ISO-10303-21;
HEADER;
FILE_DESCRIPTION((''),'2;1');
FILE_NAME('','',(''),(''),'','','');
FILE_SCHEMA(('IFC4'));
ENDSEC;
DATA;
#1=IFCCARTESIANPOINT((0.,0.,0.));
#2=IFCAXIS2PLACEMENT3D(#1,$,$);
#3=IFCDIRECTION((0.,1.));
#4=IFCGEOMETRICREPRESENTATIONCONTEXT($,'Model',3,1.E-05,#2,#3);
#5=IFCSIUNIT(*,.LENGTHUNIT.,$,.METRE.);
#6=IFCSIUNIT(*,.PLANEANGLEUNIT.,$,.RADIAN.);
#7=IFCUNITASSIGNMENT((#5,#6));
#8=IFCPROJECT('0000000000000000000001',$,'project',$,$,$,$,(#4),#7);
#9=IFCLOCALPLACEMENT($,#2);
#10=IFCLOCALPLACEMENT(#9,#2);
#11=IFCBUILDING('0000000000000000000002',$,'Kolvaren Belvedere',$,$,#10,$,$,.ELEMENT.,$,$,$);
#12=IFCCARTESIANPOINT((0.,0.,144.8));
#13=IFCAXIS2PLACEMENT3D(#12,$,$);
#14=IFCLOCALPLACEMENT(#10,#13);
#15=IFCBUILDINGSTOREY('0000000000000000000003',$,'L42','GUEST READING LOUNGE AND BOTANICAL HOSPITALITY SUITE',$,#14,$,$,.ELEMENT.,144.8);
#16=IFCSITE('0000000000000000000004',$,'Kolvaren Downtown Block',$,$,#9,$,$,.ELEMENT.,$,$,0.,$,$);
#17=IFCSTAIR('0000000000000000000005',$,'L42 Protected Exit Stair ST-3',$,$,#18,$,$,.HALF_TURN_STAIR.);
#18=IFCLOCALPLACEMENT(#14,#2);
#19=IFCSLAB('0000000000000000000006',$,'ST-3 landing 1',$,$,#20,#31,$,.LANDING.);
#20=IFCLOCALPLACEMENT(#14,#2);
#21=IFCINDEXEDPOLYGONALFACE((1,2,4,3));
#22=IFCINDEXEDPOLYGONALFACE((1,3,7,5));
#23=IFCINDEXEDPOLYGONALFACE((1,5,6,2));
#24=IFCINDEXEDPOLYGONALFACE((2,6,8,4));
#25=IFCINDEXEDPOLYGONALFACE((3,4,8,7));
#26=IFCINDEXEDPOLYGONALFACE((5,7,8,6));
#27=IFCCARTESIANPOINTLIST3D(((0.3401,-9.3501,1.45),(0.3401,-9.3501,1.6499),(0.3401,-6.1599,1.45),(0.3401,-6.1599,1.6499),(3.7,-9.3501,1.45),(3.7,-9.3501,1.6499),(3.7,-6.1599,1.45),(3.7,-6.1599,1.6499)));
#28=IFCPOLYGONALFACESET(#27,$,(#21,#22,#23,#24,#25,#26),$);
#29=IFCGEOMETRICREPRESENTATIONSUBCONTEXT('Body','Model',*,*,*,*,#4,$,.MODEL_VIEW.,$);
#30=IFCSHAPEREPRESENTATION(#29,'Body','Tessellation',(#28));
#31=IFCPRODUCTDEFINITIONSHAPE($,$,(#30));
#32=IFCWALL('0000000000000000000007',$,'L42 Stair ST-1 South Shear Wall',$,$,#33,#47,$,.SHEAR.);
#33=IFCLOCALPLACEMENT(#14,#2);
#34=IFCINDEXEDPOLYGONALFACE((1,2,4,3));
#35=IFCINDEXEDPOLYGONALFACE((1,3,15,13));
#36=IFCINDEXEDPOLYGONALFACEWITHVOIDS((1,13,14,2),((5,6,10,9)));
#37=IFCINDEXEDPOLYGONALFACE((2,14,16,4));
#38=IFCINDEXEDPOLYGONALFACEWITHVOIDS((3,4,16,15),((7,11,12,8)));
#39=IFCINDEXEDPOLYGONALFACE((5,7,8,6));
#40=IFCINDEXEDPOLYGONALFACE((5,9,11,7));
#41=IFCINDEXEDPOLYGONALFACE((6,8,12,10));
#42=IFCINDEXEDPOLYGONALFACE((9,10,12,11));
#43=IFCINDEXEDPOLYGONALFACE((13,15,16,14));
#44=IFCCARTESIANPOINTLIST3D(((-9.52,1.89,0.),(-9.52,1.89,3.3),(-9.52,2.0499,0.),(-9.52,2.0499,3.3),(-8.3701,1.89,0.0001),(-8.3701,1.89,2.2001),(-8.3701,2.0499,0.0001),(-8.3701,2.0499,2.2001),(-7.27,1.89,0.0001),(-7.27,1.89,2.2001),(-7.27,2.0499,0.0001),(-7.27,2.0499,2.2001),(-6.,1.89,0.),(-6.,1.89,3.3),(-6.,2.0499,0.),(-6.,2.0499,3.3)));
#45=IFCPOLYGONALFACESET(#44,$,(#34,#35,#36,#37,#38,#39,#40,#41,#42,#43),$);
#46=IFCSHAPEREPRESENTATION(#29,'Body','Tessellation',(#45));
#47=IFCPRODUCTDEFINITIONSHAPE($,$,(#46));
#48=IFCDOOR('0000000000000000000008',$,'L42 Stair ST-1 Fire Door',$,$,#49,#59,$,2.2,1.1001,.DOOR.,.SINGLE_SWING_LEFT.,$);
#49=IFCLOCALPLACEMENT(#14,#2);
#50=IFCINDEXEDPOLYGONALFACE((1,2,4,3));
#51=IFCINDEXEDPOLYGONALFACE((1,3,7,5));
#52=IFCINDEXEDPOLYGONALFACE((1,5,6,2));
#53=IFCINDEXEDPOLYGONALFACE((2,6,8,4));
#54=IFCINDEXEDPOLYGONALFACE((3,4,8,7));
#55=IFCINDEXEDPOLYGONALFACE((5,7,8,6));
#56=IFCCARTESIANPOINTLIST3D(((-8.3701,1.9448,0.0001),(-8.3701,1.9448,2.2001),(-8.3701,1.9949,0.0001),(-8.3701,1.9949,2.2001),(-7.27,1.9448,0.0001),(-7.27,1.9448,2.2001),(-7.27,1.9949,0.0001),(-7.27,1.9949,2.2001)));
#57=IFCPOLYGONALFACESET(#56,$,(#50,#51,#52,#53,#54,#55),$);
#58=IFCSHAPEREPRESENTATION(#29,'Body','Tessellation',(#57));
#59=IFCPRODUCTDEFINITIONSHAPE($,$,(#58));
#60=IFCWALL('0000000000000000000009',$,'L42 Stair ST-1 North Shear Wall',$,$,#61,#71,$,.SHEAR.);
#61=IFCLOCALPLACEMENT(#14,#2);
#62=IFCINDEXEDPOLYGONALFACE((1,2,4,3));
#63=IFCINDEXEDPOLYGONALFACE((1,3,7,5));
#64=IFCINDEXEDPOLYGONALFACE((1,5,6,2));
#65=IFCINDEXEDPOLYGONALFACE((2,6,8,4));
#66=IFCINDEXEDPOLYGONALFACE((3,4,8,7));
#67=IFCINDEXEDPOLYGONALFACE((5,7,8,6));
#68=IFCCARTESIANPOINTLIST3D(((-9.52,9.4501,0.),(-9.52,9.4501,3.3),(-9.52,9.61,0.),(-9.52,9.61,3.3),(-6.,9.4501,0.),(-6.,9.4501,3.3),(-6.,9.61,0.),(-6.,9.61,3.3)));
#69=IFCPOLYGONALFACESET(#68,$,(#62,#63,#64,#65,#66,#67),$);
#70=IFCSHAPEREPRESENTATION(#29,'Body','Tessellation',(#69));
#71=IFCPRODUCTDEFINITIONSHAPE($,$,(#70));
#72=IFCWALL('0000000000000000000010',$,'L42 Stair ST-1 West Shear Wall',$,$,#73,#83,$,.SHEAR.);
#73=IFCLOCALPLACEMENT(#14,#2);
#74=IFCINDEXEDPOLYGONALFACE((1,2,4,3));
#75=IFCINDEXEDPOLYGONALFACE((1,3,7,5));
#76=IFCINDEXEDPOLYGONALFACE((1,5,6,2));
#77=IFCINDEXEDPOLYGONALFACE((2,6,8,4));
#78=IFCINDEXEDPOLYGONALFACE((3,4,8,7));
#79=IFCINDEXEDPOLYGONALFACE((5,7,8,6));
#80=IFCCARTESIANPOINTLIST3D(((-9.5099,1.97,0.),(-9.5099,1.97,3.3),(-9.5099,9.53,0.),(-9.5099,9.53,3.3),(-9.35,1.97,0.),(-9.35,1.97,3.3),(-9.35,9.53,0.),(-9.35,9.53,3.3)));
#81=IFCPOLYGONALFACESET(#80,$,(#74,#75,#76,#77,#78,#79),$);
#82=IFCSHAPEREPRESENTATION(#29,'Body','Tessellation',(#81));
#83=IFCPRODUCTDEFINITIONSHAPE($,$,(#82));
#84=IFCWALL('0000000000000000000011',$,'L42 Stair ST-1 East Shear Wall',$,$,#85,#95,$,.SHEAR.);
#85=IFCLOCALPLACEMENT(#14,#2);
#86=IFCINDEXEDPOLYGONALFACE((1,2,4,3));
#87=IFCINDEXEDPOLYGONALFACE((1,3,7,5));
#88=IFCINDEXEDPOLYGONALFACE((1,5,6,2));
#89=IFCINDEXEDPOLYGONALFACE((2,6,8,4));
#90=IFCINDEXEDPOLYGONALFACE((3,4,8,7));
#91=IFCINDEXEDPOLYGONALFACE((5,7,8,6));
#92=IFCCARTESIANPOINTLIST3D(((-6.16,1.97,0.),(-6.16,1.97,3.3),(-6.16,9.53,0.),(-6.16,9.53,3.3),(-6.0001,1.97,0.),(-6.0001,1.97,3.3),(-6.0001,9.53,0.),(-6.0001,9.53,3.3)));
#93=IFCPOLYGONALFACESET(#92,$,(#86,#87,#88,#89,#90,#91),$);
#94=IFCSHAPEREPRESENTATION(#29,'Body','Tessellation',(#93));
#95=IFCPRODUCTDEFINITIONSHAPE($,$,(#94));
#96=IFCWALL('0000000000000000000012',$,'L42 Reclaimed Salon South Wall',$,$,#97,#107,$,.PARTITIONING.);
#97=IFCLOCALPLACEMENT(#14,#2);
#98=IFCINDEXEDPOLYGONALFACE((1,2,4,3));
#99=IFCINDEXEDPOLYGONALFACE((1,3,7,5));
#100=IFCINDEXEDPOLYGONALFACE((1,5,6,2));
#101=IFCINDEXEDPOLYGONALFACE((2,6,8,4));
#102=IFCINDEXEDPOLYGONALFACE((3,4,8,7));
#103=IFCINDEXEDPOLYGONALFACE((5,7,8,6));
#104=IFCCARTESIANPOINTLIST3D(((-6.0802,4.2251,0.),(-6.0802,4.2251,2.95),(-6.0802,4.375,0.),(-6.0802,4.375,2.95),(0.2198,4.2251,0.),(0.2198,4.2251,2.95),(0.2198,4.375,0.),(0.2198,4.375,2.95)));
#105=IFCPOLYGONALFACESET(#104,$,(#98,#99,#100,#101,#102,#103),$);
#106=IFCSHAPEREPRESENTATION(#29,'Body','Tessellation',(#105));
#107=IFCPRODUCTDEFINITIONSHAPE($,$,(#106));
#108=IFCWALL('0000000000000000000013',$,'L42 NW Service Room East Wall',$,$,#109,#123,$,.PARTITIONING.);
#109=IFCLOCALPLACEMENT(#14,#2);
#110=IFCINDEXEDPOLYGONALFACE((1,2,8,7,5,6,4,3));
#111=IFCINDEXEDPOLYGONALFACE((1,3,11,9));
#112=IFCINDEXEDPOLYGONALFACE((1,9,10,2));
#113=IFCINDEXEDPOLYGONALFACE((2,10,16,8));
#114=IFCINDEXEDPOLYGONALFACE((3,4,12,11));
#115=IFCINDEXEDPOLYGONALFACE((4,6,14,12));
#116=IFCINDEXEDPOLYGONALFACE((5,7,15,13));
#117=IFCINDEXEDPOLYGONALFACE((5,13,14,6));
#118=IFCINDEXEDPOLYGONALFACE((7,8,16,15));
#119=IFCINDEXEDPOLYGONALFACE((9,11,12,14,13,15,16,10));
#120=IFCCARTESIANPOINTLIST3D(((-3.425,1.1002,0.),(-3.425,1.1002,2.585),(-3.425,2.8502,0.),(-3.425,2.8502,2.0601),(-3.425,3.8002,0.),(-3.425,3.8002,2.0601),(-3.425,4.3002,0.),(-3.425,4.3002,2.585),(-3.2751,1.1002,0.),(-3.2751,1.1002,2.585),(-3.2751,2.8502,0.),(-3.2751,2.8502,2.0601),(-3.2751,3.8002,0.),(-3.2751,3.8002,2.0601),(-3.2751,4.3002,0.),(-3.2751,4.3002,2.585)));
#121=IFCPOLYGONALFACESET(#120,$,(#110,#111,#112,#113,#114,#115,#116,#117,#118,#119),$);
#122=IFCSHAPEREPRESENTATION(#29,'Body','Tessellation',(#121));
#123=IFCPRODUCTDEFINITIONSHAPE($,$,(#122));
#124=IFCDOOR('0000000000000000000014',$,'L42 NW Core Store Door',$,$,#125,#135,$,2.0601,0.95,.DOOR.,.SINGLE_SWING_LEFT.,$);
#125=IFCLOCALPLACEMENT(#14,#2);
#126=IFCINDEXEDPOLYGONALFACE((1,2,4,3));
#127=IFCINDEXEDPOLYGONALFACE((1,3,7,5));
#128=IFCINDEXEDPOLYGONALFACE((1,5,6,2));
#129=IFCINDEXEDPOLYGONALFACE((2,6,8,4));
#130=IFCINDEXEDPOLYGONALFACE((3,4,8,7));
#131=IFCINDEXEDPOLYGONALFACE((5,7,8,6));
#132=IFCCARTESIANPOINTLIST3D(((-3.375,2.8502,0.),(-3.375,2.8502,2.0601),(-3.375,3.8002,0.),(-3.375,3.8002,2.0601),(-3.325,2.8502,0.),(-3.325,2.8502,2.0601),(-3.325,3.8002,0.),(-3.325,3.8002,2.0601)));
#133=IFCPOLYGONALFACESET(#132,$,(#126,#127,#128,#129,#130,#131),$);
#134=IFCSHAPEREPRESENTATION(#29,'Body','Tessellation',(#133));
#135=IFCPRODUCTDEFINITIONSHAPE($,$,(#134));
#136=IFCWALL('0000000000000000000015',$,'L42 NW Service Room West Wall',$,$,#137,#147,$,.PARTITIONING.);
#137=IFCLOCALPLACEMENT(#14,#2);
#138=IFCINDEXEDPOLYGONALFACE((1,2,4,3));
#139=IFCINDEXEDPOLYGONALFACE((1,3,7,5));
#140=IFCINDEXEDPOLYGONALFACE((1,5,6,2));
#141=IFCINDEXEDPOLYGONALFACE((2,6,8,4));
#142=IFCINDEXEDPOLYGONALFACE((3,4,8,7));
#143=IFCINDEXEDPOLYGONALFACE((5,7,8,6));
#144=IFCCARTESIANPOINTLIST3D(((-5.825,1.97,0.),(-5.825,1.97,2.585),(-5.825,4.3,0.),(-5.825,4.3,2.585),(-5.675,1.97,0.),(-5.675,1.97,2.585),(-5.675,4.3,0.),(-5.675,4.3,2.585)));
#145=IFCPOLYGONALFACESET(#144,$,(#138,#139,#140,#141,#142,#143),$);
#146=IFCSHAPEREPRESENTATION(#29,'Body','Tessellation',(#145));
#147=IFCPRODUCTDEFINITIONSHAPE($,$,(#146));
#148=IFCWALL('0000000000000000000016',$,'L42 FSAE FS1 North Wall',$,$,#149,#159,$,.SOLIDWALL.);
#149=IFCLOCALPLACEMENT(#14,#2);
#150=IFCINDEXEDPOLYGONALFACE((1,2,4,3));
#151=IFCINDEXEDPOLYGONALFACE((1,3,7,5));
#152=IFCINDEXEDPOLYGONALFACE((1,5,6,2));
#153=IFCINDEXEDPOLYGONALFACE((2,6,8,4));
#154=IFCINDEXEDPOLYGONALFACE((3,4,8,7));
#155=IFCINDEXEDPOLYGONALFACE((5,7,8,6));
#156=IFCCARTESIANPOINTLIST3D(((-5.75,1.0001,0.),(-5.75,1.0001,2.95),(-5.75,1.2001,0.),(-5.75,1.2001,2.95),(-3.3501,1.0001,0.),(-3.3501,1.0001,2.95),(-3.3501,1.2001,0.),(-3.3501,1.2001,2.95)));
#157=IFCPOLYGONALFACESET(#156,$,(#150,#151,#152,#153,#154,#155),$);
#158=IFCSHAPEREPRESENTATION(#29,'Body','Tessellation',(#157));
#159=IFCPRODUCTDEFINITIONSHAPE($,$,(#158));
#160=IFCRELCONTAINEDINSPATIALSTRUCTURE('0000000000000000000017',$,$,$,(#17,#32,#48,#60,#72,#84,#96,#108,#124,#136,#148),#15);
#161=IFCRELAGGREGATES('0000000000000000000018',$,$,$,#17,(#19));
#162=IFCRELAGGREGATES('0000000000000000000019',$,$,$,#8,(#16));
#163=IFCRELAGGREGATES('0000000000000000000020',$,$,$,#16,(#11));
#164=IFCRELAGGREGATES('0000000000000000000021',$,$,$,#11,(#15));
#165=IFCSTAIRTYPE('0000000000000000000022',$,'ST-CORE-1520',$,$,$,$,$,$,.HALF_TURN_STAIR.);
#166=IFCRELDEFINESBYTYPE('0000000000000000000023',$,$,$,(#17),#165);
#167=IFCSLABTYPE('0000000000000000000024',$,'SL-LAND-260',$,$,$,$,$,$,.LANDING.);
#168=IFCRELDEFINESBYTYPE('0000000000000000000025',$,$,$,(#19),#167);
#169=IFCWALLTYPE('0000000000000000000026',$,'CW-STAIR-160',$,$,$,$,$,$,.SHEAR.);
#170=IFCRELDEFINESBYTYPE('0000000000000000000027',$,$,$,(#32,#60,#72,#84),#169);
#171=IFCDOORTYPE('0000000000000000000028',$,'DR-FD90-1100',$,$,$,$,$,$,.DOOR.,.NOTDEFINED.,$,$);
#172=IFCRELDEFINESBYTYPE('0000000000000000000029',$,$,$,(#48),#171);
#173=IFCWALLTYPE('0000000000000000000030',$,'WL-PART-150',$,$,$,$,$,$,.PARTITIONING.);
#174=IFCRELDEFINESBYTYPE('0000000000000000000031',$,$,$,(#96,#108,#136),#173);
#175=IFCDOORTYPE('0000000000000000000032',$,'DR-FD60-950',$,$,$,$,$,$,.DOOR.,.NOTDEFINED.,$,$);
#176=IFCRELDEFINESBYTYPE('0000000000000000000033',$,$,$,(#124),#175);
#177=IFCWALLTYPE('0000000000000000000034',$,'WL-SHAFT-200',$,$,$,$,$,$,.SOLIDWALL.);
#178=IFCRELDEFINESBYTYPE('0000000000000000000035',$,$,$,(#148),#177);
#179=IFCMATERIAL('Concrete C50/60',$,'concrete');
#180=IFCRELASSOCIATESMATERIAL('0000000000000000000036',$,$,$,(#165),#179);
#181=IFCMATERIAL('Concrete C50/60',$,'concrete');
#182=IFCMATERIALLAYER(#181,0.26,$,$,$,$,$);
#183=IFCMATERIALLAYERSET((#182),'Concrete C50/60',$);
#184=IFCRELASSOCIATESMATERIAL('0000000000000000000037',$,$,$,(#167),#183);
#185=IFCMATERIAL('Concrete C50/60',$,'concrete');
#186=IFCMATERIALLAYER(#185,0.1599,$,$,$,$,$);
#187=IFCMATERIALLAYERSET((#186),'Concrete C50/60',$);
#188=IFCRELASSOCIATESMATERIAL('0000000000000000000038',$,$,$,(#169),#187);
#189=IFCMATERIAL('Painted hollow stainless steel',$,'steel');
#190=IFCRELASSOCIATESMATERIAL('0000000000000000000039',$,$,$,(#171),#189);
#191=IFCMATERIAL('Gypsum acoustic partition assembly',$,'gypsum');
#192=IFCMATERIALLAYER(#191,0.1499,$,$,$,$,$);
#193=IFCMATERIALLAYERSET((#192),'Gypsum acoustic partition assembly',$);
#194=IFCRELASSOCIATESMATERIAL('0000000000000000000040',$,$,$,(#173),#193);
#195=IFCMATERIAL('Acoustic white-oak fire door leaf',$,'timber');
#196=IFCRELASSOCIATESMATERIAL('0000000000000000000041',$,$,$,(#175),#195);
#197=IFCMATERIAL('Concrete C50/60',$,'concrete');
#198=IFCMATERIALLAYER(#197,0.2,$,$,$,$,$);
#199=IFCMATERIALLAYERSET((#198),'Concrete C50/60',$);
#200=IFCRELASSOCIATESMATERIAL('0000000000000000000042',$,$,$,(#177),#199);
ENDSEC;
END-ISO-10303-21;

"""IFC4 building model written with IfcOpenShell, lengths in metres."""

from ifc_helpers import new_model, si_unit, direction, frame, frame_2d, origin, place, context, subcontext, project, spatial, polyline, rectangle, outline, extrude, material, layer, layer_set, type_object, element, fill, aggregate, save


model = new_model("IFC4")

# Units and contexts
model_context = context("Model", 3, precision=1e-05, world=origin(), true_north=direction((0.0, 1.0)))
body_context = subcontext(model_context, "Body", "Model", "MODEL_VIEW")
ifc_project = project(units=[si_unit("LENGTHUNIT", "METRE"), si_unit("PLANEANGLEUNIT", "RADIAN")], contexts=[model_context])

# Site, building, storey
site_placement = place(None, origin())
site = spatial("IfcSite", under=ifc_project, at=site_placement, Name="Kolvaren Downtown Block", CompositionType="ELEMENT", RefElevation=0.0)
building_placement = place(site_placement, origin())
building = spatial("IfcBuilding", under=site, at=building_placement, Name="Kolvaren Belvedere", CompositionType="ELEMENT")
storey_placement = place(building_placement, frame((0.0, 0.0, 144.8)))
storey = spatial("IfcBuildingStorey", under=building, at=storey_placement, Name="L42", Description="GUEST READING LOUNGE AND BOTANICAL HOSPITALITY SUITE", CompositionType="ELEMENT", Elevation=144.8)

# Stair, slab
ifc_material_1 = material(Name="Concrete C50/60", Category="concrete")
stair_type = type_object("IfcStairType", Name="ST-CORE-1520", PredefinedType="HALF_TURN_STAIR", material=ifc_material_1)
ifc_material_2 = material(Name="Concrete C50/60", Category="concrete")
ifc_layer_1 = layer(ifc_material_2, 0.26)
ifc_layer_set_1 = layer_set([ifc_layer_1], Name="Concrete C50/60")
slab_type = type_object("IfcSlabType", Name="SL-LAND-260", PredefinedType="LANDING", material=ifc_layer_set_1)
stair_1_placement = place(storey_placement, origin())
stair_1 = element("IfcStair", 1, at=stair_1_placement, inside=storey, type_object=stair_type, Name="L42 Protected Exit Stair ST-3", PredefinedType="HALF_TURN_STAIR")
slab_1_placement = place(storey_placement, frame((0.0, 0.0, 1.45)))
slab_1 = element("IfcSlab", 2, at=slab_1_placement, type_object=slab_type, Name="ST-3 landing 1", PredefinedType="LANDING", context=body_context, shape_type="SweptSolid", body=[
    extrude(outline(polyline([(0.3401, -9.3501), (3.7, -9.3501), (3.7, -6.1599), (0.3401, -6.1599), (0.3401, -9.3501)])), origin(), (0.0, 0.0, 1.0), 0.2),
])
aggregate(stair_1, [slab_1])

# Wall, opening, door
ifc_material_3 = material(Name="Concrete C50/60", Category="concrete")
ifc_layer_2 = layer(ifc_material_3, 0.1599)
ifc_layer_set_2 = layer_set([ifc_layer_2], Name="Concrete C50/60")
wall_type_1 = type_object("IfcWallType", Name="CW-STAIR-160", PredefinedType="SHEAR", material=ifc_layer_set_2)
wall_1_placement = place(storey_placement, frame((-9.52, 1.97, 0.0), z_axis=(0.0, 0.0, 1.0), x_axis=(1.0, 0.0, 0.0)))
wall_1 = element("IfcWall", 3, at=wall_1_placement, inside=storey, type_object=wall_type_1, Name="L42 Stair ST-1 South Shear Wall", PredefinedType="SHEAR", context=body_context, shape_type="SweptSolid", body=[
    extrude(rectangle(XDim=3.52, YDim=0.1599, at=frame_2d((1.76, 0.0))), origin(), (0.0, 0.0, 1.0), 3.3),
])
opening_1_placement = place(wall_1_placement, frame((1.1499, 0.0, 0.0)))
opening_1 = element("IfcOpeningElement", 4, at=opening_1_placement, cuts=wall_1, PredefinedType="OPENING", context=body_context, shape_type="SweptSolid", body=[
    extrude(rectangle(XDim=1.1001, YDim=2.2, at=frame_2d((0.55, 1.1001))), frame((0.0, 0.0898, 0.0), z_axis=(0.0, -1.0, 0.0), x_axis=(1.0, 0.0, 0.0)), (0.0, 0.0, 1.0), 0.1799),
])
ifc_material_4 = material(Name="Painted hollow stainless steel", Category="steel")
door_type_1 = type_object("IfcDoorType", Name="DR-FD90-1100", OperationType="NOTDEFINED", PredefinedType="DOOR", material=ifc_material_4)
door_1_placement = place(opening_1_placement, origin())
door_1 = element("IfcDoor", 5, at=door_1_placement, inside=storey, type_object=door_type_1, Name="L42 Stair ST-1 Fire Door", OperationType="SINGLE_SWING_LEFT", OverallHeight=2.2, OverallWidth=1.1001, PredefinedType="DOOR", context=body_context, shape_type="SweptSolid", body=[
    extrude(rectangle(XDim=1.1001, YDim=2.2, at=frame_2d((0.55, 1.1001))), frame((0.0, 0.0249, 0.0), z_axis=(0.0, -1.0, 0.0), x_axis=(1.0, 0.0, 0.0)), (0.0, 0.0, 1.0), 0.05),
])
fill(opening_1, door_1)

# Walls
wall_2_placement = place(storey_placement, frame((-9.52, 9.53, 0.0), z_axis=(0.0, 0.0, 1.0), x_axis=(1.0, 0.0, 0.0)))
element("IfcWall", 6, at=wall_2_placement, inside=storey, type_object=wall_type_1, Name="L42 Stair ST-1 North Shear Wall", PredefinedType="SHEAR", context=body_context, shape_type="SweptSolid", body=[
    extrude(rectangle(XDim=3.52, YDim=0.1599, at=frame_2d((1.76, 0.0))), origin(), (0.0, 0.0, 1.0), 3.3),
])
for number, where, z_axis, x_axis, name in (
    (7, (-9.4299, 1.97, 0.0), (0.0, 0.0, 1.0), (0.0, 1.0, 0.0), "L42 Stair ST-1 West Shear Wall"),
    (8, (-6.0801, 1.97, 0.0), (0.0, 0.0, 1.0), (0.0, 1.0, 0.0), "L42 Stair ST-1 East Shear Wall"),
):
    element("IfcWall", number, at=place(storey_placement, frame(where, z_axis=z_axis, x_axis=x_axis)), inside=storey, type_object=wall_type_1, Name=name, PredefinedType="SHEAR", context=body_context, shape_type="SweptSolid", body=[
        extrude(rectangle(XDim=7.5601, YDim=0.1599, at=frame_2d((3.78, 0.0))), origin(), (0.0, 0.0, 1.0), 3.3),
    ])
ifc_material_5 = material(Name="Gypsum acoustic partition assembly", Category="gypsum")
ifc_layer_3 = layer(ifc_material_5, 0.1499)
ifc_layer_set_3 = layer_set([ifc_layer_3], Name="Gypsum acoustic partition assembly")
wall_type_2 = type_object("IfcWallType", Name="WL-PART-150", PredefinedType="PARTITIONING", material=ifc_layer_set_3)
wall_3_placement = place(storey_placement, frame((-6.0801, 4.3, 0.0), z_axis=(0.0, 0.0, 1.0), x_axis=(1.0, 0.0, 0.0)))
element("IfcWall", 9, at=wall_3_placement, inside=storey, type_object=wall_type_2, Name="L42 Reclaimed Salon South Wall", PredefinedType="PARTITIONING", context=body_context, shape_type="SweptSolid", body=[
    extrude(rectangle(XDim=6.3, YDim=0.1499, at=frame_2d((3.1499, 0.0))), origin(), (0.0, 0.0, 1.0), 2.95),
])

# Wall, opening, door
wall_4_placement = place(storey_placement, frame((-3.3501, 1.1001, 0.0), z_axis=(0.0, 0.0, 1.0), x_axis=(0.0, 1.0, 0.0)))
wall_4 = element("IfcWall", 10, at=wall_4_placement, inside=storey, type_object=wall_type_2, Name="L42 NW Service Room East Wall", PredefinedType="PARTITIONING", context=body_context, shape_type="SweptSolid", body=[
    extrude(rectangle(XDim=3.2, YDim=0.1499, at=frame_2d((1.6001, 0.0))), origin(), (0.0, 0.0, 1.0), 2.585),
])
opening_2_placement = place(wall_4_placement, frame((1.75, 0.0, 0.0)))
opening_2 = element("IfcOpeningElement", 11, at=opening_2_placement, cuts=wall_4, PredefinedType="OPENING", context=body_context, shape_type="SweptSolid", body=[
    extrude(rectangle(XDim=0.95, YDim=2.0601, at=frame_2d((0.4751, 1.03))), frame((0.0, 0.085, 0.0), z_axis=(0.0, -1.0, 0.0), x_axis=(1.0, 0.0, 0.0)), (0.0, 0.0, 1.0), 0.1699),
])
ifc_material_6 = material(Name="Acoustic white-oak fire door leaf", Category="timber")
door_type_2 = type_object("IfcDoorType", Name="DR-FD60-950", OperationType="NOTDEFINED", PredefinedType="DOOR", material=ifc_material_6)
door_2_placement = place(opening_2_placement, origin())
door_2 = element("IfcDoor", 12, at=door_2_placement, inside=storey, type_object=door_type_2, Name="L42 NW Core Store Door", OperationType="SINGLE_SWING_LEFT", OverallHeight=2.0601, OverallWidth=0.95, PredefinedType="DOOR", context=body_context, shape_type="SweptSolid", body=[
    extrude(rectangle(XDim=0.95, YDim=2.0601, at=frame_2d((0.4751, 1.03))), frame((0.0, 0.0249, 0.0), z_axis=(0.0, -1.0, 0.0), x_axis=(1.0, 0.0, 0.0)), (0.0, 0.0, 1.0), 0.05),
])
fill(opening_2, door_2)

# Walls
wall_5_placement = place(storey_placement, frame((-5.75, 1.97, 0.0), z_axis=(0.0, 0.0, 1.0), x_axis=(0.0, 1.0, 0.0)))
element("IfcWall", 13, at=wall_5_placement, inside=storey, type_object=wall_type_2, Name="L42 NW Service Room West Wall", PredefinedType="PARTITIONING", context=body_context, shape_type="SweptSolid", body=[
    extrude(rectangle(XDim=2.3301, YDim=0.1499, at=frame_2d((1.165, 0.0))), origin(), (0.0, 0.0, 1.0), 2.585),
])
ifc_material_7 = material(Name="Concrete C50/60", Category="concrete")
ifc_layer_4 = layer(ifc_material_7, 0.2)
ifc_layer_set_4 = layer_set([ifc_layer_4], Name="Concrete C50/60")
wall_type_3 = type_object("IfcWallType", Name="WL-SHAFT-200", PredefinedType="SOLIDWALL", material=ifc_layer_set_4)
wall_6_placement = place(storey_placement, frame((-5.75, 1.1001, 0.0), z_axis=(0.0, 0.0, 1.0), x_axis=(1.0, 0.0, 0.0)))
element("IfcWall", 14, at=wall_6_placement, inside=storey, type_object=wall_type_3, Name="L42 FSAE FS1 North Wall", PredefinedType="SOLIDWALL", context=body_context, shape_type="SweptSolid", body=[
    extrude(rectangle(XDim=2.3999, YDim=0.2, at=frame_2d((1.2, 0.0))), origin(), (0.0, 0.0, 1.0), 2.95),
])

save(model, "model.ifc")
